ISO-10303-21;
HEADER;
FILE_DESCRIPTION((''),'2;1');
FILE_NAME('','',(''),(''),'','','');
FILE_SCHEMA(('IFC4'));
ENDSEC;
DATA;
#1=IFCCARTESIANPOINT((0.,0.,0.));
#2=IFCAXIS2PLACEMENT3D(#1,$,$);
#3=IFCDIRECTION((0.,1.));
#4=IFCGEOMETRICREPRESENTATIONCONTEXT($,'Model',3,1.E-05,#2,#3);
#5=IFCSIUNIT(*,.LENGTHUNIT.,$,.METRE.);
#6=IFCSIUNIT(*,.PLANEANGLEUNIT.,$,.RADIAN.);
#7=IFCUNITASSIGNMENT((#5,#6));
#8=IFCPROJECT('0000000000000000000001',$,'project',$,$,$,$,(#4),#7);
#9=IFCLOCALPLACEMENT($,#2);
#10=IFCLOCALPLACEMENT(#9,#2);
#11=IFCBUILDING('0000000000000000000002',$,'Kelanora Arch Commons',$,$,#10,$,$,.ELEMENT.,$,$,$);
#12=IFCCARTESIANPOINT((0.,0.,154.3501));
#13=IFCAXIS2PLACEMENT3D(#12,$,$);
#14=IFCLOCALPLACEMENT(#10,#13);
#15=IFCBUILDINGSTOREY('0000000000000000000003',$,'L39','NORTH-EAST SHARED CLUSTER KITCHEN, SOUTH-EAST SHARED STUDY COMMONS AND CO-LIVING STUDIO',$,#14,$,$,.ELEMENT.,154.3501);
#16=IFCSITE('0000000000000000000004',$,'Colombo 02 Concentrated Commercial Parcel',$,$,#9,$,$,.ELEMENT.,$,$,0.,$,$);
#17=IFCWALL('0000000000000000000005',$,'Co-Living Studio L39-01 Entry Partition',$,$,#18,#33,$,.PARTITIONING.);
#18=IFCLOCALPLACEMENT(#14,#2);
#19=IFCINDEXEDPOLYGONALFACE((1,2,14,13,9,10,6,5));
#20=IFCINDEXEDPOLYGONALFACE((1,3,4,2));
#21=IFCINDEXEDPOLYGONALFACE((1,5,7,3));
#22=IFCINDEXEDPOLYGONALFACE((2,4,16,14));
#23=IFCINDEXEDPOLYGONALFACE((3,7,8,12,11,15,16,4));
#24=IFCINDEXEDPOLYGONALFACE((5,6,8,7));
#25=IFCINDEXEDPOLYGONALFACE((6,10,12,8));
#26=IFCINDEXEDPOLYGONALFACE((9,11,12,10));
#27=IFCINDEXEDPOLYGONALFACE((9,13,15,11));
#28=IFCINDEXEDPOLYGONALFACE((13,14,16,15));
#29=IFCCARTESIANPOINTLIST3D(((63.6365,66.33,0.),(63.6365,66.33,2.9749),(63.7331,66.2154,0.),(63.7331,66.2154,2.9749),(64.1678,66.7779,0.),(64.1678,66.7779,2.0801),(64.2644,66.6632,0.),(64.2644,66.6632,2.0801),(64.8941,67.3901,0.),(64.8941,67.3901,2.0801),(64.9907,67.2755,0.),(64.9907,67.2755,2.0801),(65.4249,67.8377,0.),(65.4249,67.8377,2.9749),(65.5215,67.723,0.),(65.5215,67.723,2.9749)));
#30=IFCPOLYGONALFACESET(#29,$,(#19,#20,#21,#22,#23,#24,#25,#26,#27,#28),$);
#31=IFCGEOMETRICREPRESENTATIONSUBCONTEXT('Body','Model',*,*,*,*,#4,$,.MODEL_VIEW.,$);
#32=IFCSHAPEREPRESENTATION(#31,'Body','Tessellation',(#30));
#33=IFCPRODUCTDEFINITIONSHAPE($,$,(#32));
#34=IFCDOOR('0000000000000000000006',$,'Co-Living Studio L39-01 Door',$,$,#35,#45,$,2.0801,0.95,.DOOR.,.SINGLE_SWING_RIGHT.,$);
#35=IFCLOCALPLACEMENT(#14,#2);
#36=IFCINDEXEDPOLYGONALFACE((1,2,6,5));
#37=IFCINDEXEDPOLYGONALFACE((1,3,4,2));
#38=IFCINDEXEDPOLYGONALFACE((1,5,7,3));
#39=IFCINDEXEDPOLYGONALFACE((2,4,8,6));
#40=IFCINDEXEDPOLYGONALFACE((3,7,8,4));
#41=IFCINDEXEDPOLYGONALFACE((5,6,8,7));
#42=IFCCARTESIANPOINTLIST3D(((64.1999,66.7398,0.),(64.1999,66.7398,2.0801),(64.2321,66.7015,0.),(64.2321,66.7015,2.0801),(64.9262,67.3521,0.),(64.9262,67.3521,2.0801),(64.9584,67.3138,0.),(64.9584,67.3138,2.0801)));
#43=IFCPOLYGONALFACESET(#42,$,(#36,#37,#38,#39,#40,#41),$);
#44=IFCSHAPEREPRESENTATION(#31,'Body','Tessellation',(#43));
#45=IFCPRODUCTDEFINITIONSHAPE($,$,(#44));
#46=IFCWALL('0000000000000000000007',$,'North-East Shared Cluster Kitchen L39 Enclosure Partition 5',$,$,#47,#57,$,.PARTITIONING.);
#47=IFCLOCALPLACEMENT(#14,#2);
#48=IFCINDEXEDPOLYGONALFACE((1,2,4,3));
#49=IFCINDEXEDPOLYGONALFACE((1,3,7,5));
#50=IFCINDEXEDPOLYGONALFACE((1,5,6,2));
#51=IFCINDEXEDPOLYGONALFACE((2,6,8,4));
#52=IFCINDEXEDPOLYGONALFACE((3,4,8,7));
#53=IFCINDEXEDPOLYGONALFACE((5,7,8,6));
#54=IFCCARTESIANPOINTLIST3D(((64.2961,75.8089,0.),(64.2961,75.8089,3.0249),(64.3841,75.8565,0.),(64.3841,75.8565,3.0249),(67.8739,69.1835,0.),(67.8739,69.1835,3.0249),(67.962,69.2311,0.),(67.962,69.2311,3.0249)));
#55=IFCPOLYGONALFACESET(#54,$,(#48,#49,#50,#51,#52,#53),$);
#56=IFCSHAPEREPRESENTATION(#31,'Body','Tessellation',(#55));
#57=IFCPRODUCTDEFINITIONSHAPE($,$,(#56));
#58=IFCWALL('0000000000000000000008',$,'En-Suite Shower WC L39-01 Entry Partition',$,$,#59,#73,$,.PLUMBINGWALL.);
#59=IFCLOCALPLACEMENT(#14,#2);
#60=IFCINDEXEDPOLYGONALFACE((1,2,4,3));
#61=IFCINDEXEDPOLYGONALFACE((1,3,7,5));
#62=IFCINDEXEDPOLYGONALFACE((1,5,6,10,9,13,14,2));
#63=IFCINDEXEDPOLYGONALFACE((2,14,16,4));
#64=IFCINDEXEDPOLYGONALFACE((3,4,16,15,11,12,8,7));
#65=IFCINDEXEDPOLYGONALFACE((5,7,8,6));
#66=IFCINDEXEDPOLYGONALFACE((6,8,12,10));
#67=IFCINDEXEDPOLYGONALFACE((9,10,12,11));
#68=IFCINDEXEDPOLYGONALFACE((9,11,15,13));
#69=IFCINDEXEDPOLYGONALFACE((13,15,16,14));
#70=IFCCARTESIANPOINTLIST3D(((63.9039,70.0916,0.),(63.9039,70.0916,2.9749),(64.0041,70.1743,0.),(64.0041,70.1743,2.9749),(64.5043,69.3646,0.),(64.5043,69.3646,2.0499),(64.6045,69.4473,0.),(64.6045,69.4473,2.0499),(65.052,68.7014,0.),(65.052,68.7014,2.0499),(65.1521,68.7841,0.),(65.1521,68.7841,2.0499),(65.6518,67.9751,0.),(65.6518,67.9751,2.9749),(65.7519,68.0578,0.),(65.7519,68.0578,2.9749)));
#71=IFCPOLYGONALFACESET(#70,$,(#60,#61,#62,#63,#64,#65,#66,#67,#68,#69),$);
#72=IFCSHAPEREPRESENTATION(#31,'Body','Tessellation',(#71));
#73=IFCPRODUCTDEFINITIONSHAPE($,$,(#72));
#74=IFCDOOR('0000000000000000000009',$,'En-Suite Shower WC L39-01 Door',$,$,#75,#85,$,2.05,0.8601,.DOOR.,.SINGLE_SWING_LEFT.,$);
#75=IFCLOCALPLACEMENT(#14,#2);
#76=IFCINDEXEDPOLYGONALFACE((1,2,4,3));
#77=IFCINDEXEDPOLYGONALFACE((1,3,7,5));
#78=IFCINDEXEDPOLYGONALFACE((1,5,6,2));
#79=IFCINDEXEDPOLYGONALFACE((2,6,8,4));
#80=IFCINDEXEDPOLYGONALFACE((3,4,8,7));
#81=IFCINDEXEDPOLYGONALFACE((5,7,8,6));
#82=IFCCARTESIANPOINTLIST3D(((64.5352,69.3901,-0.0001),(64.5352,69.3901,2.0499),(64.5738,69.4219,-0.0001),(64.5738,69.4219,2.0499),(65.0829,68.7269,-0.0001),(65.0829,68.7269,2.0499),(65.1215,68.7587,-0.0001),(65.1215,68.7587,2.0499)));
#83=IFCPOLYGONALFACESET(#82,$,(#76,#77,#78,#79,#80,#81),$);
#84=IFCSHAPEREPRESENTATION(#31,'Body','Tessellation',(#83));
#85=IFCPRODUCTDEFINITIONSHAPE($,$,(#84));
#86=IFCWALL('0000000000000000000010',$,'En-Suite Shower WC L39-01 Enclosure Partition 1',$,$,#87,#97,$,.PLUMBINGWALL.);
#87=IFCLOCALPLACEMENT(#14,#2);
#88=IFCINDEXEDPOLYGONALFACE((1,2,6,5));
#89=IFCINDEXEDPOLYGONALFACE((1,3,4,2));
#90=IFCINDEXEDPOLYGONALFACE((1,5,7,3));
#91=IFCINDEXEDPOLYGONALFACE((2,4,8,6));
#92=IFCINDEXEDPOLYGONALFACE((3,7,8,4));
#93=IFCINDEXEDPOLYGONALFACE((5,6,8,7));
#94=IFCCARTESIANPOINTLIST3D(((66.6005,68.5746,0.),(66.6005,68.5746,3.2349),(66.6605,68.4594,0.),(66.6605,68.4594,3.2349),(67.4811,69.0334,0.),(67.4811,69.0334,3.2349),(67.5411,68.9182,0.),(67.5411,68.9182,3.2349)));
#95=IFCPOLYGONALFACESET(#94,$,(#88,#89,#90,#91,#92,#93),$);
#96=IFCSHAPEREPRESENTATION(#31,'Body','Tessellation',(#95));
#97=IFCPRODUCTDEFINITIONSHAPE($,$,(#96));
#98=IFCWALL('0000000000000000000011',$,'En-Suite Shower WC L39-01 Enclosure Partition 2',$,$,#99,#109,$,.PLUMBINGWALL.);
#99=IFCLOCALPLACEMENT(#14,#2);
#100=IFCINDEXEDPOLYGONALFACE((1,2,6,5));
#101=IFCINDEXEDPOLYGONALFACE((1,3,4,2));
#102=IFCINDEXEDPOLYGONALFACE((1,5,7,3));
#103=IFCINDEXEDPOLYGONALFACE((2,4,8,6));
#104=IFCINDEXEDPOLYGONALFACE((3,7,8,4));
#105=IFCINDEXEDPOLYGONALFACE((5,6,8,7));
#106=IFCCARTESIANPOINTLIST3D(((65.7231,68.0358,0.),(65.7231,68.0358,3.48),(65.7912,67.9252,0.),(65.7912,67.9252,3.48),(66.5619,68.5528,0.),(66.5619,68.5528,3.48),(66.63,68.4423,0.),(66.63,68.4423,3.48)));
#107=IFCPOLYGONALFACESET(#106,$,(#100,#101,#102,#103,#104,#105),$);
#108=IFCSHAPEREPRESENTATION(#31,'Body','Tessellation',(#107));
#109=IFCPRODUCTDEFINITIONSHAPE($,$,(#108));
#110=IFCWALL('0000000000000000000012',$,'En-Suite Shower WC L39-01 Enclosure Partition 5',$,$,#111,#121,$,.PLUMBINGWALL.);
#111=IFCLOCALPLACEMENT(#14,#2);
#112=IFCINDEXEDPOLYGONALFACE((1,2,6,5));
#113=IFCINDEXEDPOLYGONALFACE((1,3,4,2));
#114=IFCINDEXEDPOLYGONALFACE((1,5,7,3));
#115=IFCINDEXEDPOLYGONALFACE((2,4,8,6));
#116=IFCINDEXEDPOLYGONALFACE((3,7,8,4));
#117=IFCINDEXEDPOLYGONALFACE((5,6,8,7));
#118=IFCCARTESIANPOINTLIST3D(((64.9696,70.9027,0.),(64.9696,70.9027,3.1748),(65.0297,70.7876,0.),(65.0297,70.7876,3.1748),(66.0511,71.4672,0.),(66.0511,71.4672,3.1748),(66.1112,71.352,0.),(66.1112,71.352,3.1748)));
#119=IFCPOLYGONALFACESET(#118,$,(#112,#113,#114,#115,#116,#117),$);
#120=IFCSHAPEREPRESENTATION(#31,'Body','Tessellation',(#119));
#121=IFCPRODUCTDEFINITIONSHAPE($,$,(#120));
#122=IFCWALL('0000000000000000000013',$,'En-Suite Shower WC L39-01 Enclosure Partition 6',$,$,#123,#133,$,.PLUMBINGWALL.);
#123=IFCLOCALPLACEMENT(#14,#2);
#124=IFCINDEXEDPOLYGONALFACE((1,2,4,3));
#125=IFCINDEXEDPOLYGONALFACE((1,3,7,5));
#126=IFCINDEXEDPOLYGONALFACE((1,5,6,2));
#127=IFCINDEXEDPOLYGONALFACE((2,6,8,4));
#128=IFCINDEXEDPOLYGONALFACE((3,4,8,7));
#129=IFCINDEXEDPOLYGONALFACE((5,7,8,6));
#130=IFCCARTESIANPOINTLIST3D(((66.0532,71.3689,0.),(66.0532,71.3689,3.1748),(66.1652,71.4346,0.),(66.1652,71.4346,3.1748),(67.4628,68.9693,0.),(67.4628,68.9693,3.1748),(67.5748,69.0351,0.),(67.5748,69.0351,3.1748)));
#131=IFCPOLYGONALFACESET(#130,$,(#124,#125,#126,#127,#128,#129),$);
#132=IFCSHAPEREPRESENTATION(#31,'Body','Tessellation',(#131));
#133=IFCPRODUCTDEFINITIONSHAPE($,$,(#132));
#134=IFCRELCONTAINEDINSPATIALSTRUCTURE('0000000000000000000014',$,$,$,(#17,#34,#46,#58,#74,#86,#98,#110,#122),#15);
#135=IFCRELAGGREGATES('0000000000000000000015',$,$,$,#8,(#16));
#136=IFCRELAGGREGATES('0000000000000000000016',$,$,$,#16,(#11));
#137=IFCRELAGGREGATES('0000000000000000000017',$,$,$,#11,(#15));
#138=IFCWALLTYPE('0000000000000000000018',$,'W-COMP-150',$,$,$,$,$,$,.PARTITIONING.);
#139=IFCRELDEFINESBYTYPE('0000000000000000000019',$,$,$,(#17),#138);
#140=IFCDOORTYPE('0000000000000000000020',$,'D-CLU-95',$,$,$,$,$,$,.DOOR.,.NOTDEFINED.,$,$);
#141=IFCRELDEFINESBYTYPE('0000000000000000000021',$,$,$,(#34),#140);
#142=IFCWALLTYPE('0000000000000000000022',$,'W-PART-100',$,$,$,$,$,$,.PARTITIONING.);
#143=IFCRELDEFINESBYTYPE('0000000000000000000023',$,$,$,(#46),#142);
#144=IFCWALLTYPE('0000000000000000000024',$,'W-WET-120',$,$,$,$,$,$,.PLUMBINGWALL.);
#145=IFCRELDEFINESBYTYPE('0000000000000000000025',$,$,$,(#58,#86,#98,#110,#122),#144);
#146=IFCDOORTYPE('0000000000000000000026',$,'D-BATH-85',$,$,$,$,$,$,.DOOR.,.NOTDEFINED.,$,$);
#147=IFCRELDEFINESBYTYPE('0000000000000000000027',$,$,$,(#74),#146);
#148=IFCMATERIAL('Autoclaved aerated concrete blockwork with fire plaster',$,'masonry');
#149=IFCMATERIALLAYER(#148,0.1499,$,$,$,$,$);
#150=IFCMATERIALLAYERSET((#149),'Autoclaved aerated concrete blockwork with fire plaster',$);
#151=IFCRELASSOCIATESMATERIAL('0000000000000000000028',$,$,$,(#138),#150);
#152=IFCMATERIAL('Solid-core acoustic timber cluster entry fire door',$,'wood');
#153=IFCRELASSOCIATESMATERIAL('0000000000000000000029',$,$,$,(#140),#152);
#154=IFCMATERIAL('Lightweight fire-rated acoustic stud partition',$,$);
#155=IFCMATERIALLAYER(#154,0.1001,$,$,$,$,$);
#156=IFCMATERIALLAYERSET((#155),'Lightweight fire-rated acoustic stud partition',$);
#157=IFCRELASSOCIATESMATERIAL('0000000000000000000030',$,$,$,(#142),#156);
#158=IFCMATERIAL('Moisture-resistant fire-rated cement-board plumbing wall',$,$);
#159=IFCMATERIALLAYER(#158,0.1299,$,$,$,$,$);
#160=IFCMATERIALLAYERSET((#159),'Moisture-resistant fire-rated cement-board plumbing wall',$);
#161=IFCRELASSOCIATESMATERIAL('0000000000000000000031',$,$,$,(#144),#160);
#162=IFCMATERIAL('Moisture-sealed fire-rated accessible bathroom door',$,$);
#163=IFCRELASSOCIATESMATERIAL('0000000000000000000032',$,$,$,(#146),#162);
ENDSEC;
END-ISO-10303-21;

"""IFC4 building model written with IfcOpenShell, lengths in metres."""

from ifc_helpers import new_model, si_unit, direction, frame, frame_2d, origin, place, context, subcontext, project, spatial, rectangle, extrude, material, layer, layer_set, type_object, element, fill, save


model = new_model("IFC4")

# Units and contexts
model_context = context("Model", 3, precision=1e-05, world=origin(), true_north=direction((0.0, 1.0)))
body_context = subcontext(model_context, "Body", "Model", "MODEL_VIEW")
ifc_project = project(units=[si_unit("LENGTHUNIT", "METRE"), si_unit("PLANEANGLEUNIT", "RADIAN")], contexts=[model_context])

# Site, building, storey
site_placement = place(None, origin())
site = spatial("IfcSite", under=ifc_project, at=site_placement, Name="Colombo 02 Concentrated Commercial Parcel", CompositionType="ELEMENT", RefElevation=0.0)
building_placement = place(site_placement, origin())
building = spatial("IfcBuilding", under=site, at=building_placement, Name="Kelanora Arch Commons", CompositionType="ELEMENT")
storey_placement = place(building_placement, frame((0.0, 0.0, 154.3501)))
storey = spatial("IfcBuildingStorey", under=building, at=storey_placement, Name="L39", Description="NORTH-EAST SHARED CLUSTER KITCHEN, SOUTH-EAST SHARED STUDY COMMONS AND CO-LIVING STUDIO", CompositionType="ELEMENT", Elevation=154.3501)

# Wall, opening, door
ifc_material_1 = material(Name="Autoclaved aerated concrete blockwork with fire plaster", Category="masonry")
ifc_layer_1 = layer(ifc_material_1, 0.1499)
ifc_layer_set_1 = layer_set([ifc_layer_1], Name="Autoclaved aerated concrete blockwork with fire plaster")
wall_type_1 = type_object("IfcWallType", Name="W-COMP-150", PredefinedType="PARTITIONING", material=ifc_layer_set_1)
wall_1_placement = place(storey_placement, frame((65.4731, 67.7803, 0.0), z_axis=(0.0, 0.0, 1.0), x_axis=(-0.764573, -0.644537, 0.0)))
wall_1 = element("IfcWall", 1, at=wall_1_placement, inside=storey, type_object=wall_type_1, Name="Co-Living Studio L39-01 Entry Partition", PredefinedType="PARTITIONING", context=body_context, shape_type="SweptSolid", body=[
    extrude(rectangle(XDim=2.3391, YDim=0.1499, at=frame_2d((1.1694, 0.0))), origin(), (0.0, 0.0, 1.0), 2.9749),
])
opening_1_placement = place(wall_1_placement, frame((0.6941, 0.0, 0.0)))
opening_1 = element("IfcOpeningElement", 2, at=opening_1_placement, cuts=wall_1, PredefinedType="OPENING", context=body_context, shape_type="SweptSolid", body=[
    extrude(rectangle(XDim=0.95, YDim=2.0801, at=frame_2d((0.4751, 1.04))), frame((0.0, 0.085, 0.0), z_axis=(0.0, -1.0, 0.0), x_axis=(1.0, 0.0, 0.0)), (0.0, 0.0, 1.0), 0.1699),
])
ifc_material_2 = material(Name="Solid-core acoustic timber cluster entry fire door", Category="wood")
door_type_1 = type_object("IfcDoorType", Name="D-CLU-95", OperationType="NOTDEFINED", PredefinedType="DOOR", material=ifc_material_2)
door_1_placement = place(opening_1_placement, origin())
door_1 = element("IfcDoor", 3, at=door_1_placement, inside=storey, type_object=door_type_1, Name="Co-Living Studio L39-01 Door", OperationType="SINGLE_SWING_RIGHT", OverallHeight=2.0801, OverallWidth=0.95, PredefinedType="DOOR", context=body_context, shape_type="SweptSolid", body=[
    extrude(rectangle(XDim=0.95, YDim=2.0801, at=frame_2d((0.4751, 1.04))), frame((0.0, 0.0249, 0.0), z_axis=(0.0, -1.0, 0.0), x_axis=(1.0, 0.0, 0.0)), (0.0, 0.0, 1.0), 0.05),
])
fill(opening_1, door_1)

# Wall
ifc_material_3 = material(Name="Lightweight fire-rated acoustic stud partition")
ifc_layer_2 = layer(ifc_material_3, 0.1001)
ifc_layer_set_2 = layer_set([ifc_layer_2], Name="Lightweight fire-rated acoustic stud partition")
wall_type_2 = type_object("IfcWallType", Name="W-PART-100", PredefinedType="PARTITIONING", material=ifc_layer_set_2)
wall_2_placement = place(storey_placement, frame((67.918, 69.2073, 0.0), z_axis=(0.0, 0.0, 1.0), x_axis=(-0.475161, 0.879899, 0.0)))
element("IfcWall", 4, at=wall_2_placement, inside=storey, type_object=wall_type_2, Name="North-East Shared Cluster Kitchen L39 Enclosure Partition 5", PredefinedType="PARTITIONING", context=body_context, shape_type="SweptSolid", body=[
    extrude(rectangle(XDim=7.5298, YDim=0.1001, at=frame_2d((3.7649, 0.0))), origin(), (0.0, 0.0, 1.0), 3.0249),
])

# Wall, opening, door
ifc_material_4 = material(Name="Moisture-resistant fire-rated cement-board plumbing wall")
ifc_layer_3 = layer(ifc_material_4, 0.1299)
ifc_layer_set_3 = layer_set([ifc_layer_3], Name="Moisture-resistant fire-rated cement-board plumbing wall")
wall_type_3 = type_object("IfcWallType", Name="W-WET-120", PredefinedType="PLUMBINGWALL", material=ifc_layer_set_3)
wall_3_placement = place(storey_placement, frame((65.7019, 68.0164, 0.0), z_axis=(0.0, 0.0, 1.0), x_axis=(-0.636757, 0.771064, 0.0)))
wall_3 = element("IfcWall", 5, at=wall_3_placement, inside=storey, type_object=wall_type_3, Name="En-Suite Shower WC L39-01 Entry Partition", PredefinedType="PLUMBINGWALL", context=body_context, shape_type="SweptSolid", body=[
    extrude(rectangle(XDim=2.7449, YDim=0.1299, at=frame_2d((1.3726, 0.0))), origin(), (0.0, 0.0, 1.0), 2.9749),
])
opening_2_placement = place(wall_3_placement, frame((0.9419, 0.0, 0.0)))
opening_2 = element("IfcOpeningElement", 6, at=opening_2_placement, cuts=wall_3, PredefinedType="OPENING", context=body_context, shape_type="SweptSolid", body=[
    extrude(rectangle(XDim=0.8601, YDim=2.05, at=frame_2d((0.4302, 1.0249))), frame((0.0, 0.075, 0.0), z_axis=(0.0, -1.0, 0.0), x_axis=(1.0, 0.0, 0.0)), (0.0, 0.0, 1.0), 0.1499),
])
ifc_material_5 = material(Name="Moisture-sealed fire-rated accessible bathroom door")
door_type_2 = type_object("IfcDoorType", Name="D-BATH-85", OperationType="NOTDEFINED", PredefinedType="DOOR", material=ifc_material_5)
door_2_placement = place(opening_2_placement, origin())
door_2 = element("IfcDoor", 7, at=door_2_placement, inside=storey, type_object=door_type_2, Name="En-Suite Shower WC L39-01 Door", OperationType="SINGLE_SWING_LEFT", OverallHeight=2.05, OverallWidth=0.8601, PredefinedType="DOOR", context=body_context, shape_type="SweptSolid", body=[
    extrude(rectangle(XDim=0.8601, YDim=2.05, at=frame_2d((0.4302, 1.0249))), frame((0.0, 0.0249, 0.0), z_axis=(0.0, -1.0, 0.0), x_axis=(1.0, 0.0, 0.0)), (0.0, 0.0, 1.0), 0.05),
])
fill(opening_2, door_2)

# Walls
wall_4_placement = place(storey_placement, frame((67.5112, 68.9758, 0.0), z_axis=(0.0, 0.0, 1.0), x_axis=(-0.886878, -0.462003, 0.0)))
element("IfcWall", 8, at=wall_4_placement, inside=storey, type_object=wall_type_3, Name="En-Suite Shower WC L39-01 Enclosure Partition 1", PredefinedType="PLUMBINGWALL", context=body_context, shape_type="SweptSolid", body=[
    extrude(rectangle(XDim=0.9929, YDim=0.1299, at=frame_2d((0.4966, 0.0))), origin(), (0.0, 0.0, 1.0), 3.2349),
])
wall_5_placement = place(storey_placement, frame((66.5959, 68.4976, 0.0), z_axis=(0.0, 0.0, 1.0), x_axis=(-0.851267, -0.524733, 0.0)))
element("IfcWall", 9, at=wall_5_placement, inside=storey, type_object=wall_type_3, Name="En-Suite Shower WC L39-01 Enclosure Partition 2", PredefinedType="PLUMBINGWALL", context=body_context, shape_type="SweptSolid", body=[
    extrude(rectangle(XDim=0.9854, YDim=0.1299, at=frame_2d((0.4927, 0.0))), origin(), (0.0, 0.0, 1.0), 3.48),
])
wall_6_placement = place(storey_placement, frame((64.9998, 70.8452, 0.0), z_axis=(0.0, 0.0, 1.0), x_axis=(0.886528, 0.462675, 0.0)))
element("IfcWall", 10, at=wall_6_placement, inside=storey, type_object=wall_type_3, Name="En-Suite Shower WC L39-01 Enclosure Partition 5", PredefinedType="PLUMBINGWALL", context=body_context, shape_type="SweptSolid", body=[
    extrude(rectangle(XDim=1.22, YDim=0.1299, at=frame_2d((0.6099, 0.0))), origin(), (0.0, 0.0, 1.0), 3.1748),
])
wall_7_placement = place(storey_placement, frame((66.1091, 71.4019, 0.0), z_axis=(0.0, 0.0, 1.0), x_axis=(0.506514, -0.862232, 0.0)))
element("IfcWall", 11, at=wall_7_placement, inside=storey, type_object=wall_type_3, Name="En-Suite Shower WC L39-01 Enclosure Partition 6", PredefinedType="PLUMBINGWALL", context=body_context, shape_type="SweptSolid", body=[
    extrude(rectangle(XDim=2.783, YDim=0.1299, at=frame_2d((1.3916, 0.0))), origin(), (0.0, 0.0, 1.0), 3.1748),
])

save(model, "model.ifc")
